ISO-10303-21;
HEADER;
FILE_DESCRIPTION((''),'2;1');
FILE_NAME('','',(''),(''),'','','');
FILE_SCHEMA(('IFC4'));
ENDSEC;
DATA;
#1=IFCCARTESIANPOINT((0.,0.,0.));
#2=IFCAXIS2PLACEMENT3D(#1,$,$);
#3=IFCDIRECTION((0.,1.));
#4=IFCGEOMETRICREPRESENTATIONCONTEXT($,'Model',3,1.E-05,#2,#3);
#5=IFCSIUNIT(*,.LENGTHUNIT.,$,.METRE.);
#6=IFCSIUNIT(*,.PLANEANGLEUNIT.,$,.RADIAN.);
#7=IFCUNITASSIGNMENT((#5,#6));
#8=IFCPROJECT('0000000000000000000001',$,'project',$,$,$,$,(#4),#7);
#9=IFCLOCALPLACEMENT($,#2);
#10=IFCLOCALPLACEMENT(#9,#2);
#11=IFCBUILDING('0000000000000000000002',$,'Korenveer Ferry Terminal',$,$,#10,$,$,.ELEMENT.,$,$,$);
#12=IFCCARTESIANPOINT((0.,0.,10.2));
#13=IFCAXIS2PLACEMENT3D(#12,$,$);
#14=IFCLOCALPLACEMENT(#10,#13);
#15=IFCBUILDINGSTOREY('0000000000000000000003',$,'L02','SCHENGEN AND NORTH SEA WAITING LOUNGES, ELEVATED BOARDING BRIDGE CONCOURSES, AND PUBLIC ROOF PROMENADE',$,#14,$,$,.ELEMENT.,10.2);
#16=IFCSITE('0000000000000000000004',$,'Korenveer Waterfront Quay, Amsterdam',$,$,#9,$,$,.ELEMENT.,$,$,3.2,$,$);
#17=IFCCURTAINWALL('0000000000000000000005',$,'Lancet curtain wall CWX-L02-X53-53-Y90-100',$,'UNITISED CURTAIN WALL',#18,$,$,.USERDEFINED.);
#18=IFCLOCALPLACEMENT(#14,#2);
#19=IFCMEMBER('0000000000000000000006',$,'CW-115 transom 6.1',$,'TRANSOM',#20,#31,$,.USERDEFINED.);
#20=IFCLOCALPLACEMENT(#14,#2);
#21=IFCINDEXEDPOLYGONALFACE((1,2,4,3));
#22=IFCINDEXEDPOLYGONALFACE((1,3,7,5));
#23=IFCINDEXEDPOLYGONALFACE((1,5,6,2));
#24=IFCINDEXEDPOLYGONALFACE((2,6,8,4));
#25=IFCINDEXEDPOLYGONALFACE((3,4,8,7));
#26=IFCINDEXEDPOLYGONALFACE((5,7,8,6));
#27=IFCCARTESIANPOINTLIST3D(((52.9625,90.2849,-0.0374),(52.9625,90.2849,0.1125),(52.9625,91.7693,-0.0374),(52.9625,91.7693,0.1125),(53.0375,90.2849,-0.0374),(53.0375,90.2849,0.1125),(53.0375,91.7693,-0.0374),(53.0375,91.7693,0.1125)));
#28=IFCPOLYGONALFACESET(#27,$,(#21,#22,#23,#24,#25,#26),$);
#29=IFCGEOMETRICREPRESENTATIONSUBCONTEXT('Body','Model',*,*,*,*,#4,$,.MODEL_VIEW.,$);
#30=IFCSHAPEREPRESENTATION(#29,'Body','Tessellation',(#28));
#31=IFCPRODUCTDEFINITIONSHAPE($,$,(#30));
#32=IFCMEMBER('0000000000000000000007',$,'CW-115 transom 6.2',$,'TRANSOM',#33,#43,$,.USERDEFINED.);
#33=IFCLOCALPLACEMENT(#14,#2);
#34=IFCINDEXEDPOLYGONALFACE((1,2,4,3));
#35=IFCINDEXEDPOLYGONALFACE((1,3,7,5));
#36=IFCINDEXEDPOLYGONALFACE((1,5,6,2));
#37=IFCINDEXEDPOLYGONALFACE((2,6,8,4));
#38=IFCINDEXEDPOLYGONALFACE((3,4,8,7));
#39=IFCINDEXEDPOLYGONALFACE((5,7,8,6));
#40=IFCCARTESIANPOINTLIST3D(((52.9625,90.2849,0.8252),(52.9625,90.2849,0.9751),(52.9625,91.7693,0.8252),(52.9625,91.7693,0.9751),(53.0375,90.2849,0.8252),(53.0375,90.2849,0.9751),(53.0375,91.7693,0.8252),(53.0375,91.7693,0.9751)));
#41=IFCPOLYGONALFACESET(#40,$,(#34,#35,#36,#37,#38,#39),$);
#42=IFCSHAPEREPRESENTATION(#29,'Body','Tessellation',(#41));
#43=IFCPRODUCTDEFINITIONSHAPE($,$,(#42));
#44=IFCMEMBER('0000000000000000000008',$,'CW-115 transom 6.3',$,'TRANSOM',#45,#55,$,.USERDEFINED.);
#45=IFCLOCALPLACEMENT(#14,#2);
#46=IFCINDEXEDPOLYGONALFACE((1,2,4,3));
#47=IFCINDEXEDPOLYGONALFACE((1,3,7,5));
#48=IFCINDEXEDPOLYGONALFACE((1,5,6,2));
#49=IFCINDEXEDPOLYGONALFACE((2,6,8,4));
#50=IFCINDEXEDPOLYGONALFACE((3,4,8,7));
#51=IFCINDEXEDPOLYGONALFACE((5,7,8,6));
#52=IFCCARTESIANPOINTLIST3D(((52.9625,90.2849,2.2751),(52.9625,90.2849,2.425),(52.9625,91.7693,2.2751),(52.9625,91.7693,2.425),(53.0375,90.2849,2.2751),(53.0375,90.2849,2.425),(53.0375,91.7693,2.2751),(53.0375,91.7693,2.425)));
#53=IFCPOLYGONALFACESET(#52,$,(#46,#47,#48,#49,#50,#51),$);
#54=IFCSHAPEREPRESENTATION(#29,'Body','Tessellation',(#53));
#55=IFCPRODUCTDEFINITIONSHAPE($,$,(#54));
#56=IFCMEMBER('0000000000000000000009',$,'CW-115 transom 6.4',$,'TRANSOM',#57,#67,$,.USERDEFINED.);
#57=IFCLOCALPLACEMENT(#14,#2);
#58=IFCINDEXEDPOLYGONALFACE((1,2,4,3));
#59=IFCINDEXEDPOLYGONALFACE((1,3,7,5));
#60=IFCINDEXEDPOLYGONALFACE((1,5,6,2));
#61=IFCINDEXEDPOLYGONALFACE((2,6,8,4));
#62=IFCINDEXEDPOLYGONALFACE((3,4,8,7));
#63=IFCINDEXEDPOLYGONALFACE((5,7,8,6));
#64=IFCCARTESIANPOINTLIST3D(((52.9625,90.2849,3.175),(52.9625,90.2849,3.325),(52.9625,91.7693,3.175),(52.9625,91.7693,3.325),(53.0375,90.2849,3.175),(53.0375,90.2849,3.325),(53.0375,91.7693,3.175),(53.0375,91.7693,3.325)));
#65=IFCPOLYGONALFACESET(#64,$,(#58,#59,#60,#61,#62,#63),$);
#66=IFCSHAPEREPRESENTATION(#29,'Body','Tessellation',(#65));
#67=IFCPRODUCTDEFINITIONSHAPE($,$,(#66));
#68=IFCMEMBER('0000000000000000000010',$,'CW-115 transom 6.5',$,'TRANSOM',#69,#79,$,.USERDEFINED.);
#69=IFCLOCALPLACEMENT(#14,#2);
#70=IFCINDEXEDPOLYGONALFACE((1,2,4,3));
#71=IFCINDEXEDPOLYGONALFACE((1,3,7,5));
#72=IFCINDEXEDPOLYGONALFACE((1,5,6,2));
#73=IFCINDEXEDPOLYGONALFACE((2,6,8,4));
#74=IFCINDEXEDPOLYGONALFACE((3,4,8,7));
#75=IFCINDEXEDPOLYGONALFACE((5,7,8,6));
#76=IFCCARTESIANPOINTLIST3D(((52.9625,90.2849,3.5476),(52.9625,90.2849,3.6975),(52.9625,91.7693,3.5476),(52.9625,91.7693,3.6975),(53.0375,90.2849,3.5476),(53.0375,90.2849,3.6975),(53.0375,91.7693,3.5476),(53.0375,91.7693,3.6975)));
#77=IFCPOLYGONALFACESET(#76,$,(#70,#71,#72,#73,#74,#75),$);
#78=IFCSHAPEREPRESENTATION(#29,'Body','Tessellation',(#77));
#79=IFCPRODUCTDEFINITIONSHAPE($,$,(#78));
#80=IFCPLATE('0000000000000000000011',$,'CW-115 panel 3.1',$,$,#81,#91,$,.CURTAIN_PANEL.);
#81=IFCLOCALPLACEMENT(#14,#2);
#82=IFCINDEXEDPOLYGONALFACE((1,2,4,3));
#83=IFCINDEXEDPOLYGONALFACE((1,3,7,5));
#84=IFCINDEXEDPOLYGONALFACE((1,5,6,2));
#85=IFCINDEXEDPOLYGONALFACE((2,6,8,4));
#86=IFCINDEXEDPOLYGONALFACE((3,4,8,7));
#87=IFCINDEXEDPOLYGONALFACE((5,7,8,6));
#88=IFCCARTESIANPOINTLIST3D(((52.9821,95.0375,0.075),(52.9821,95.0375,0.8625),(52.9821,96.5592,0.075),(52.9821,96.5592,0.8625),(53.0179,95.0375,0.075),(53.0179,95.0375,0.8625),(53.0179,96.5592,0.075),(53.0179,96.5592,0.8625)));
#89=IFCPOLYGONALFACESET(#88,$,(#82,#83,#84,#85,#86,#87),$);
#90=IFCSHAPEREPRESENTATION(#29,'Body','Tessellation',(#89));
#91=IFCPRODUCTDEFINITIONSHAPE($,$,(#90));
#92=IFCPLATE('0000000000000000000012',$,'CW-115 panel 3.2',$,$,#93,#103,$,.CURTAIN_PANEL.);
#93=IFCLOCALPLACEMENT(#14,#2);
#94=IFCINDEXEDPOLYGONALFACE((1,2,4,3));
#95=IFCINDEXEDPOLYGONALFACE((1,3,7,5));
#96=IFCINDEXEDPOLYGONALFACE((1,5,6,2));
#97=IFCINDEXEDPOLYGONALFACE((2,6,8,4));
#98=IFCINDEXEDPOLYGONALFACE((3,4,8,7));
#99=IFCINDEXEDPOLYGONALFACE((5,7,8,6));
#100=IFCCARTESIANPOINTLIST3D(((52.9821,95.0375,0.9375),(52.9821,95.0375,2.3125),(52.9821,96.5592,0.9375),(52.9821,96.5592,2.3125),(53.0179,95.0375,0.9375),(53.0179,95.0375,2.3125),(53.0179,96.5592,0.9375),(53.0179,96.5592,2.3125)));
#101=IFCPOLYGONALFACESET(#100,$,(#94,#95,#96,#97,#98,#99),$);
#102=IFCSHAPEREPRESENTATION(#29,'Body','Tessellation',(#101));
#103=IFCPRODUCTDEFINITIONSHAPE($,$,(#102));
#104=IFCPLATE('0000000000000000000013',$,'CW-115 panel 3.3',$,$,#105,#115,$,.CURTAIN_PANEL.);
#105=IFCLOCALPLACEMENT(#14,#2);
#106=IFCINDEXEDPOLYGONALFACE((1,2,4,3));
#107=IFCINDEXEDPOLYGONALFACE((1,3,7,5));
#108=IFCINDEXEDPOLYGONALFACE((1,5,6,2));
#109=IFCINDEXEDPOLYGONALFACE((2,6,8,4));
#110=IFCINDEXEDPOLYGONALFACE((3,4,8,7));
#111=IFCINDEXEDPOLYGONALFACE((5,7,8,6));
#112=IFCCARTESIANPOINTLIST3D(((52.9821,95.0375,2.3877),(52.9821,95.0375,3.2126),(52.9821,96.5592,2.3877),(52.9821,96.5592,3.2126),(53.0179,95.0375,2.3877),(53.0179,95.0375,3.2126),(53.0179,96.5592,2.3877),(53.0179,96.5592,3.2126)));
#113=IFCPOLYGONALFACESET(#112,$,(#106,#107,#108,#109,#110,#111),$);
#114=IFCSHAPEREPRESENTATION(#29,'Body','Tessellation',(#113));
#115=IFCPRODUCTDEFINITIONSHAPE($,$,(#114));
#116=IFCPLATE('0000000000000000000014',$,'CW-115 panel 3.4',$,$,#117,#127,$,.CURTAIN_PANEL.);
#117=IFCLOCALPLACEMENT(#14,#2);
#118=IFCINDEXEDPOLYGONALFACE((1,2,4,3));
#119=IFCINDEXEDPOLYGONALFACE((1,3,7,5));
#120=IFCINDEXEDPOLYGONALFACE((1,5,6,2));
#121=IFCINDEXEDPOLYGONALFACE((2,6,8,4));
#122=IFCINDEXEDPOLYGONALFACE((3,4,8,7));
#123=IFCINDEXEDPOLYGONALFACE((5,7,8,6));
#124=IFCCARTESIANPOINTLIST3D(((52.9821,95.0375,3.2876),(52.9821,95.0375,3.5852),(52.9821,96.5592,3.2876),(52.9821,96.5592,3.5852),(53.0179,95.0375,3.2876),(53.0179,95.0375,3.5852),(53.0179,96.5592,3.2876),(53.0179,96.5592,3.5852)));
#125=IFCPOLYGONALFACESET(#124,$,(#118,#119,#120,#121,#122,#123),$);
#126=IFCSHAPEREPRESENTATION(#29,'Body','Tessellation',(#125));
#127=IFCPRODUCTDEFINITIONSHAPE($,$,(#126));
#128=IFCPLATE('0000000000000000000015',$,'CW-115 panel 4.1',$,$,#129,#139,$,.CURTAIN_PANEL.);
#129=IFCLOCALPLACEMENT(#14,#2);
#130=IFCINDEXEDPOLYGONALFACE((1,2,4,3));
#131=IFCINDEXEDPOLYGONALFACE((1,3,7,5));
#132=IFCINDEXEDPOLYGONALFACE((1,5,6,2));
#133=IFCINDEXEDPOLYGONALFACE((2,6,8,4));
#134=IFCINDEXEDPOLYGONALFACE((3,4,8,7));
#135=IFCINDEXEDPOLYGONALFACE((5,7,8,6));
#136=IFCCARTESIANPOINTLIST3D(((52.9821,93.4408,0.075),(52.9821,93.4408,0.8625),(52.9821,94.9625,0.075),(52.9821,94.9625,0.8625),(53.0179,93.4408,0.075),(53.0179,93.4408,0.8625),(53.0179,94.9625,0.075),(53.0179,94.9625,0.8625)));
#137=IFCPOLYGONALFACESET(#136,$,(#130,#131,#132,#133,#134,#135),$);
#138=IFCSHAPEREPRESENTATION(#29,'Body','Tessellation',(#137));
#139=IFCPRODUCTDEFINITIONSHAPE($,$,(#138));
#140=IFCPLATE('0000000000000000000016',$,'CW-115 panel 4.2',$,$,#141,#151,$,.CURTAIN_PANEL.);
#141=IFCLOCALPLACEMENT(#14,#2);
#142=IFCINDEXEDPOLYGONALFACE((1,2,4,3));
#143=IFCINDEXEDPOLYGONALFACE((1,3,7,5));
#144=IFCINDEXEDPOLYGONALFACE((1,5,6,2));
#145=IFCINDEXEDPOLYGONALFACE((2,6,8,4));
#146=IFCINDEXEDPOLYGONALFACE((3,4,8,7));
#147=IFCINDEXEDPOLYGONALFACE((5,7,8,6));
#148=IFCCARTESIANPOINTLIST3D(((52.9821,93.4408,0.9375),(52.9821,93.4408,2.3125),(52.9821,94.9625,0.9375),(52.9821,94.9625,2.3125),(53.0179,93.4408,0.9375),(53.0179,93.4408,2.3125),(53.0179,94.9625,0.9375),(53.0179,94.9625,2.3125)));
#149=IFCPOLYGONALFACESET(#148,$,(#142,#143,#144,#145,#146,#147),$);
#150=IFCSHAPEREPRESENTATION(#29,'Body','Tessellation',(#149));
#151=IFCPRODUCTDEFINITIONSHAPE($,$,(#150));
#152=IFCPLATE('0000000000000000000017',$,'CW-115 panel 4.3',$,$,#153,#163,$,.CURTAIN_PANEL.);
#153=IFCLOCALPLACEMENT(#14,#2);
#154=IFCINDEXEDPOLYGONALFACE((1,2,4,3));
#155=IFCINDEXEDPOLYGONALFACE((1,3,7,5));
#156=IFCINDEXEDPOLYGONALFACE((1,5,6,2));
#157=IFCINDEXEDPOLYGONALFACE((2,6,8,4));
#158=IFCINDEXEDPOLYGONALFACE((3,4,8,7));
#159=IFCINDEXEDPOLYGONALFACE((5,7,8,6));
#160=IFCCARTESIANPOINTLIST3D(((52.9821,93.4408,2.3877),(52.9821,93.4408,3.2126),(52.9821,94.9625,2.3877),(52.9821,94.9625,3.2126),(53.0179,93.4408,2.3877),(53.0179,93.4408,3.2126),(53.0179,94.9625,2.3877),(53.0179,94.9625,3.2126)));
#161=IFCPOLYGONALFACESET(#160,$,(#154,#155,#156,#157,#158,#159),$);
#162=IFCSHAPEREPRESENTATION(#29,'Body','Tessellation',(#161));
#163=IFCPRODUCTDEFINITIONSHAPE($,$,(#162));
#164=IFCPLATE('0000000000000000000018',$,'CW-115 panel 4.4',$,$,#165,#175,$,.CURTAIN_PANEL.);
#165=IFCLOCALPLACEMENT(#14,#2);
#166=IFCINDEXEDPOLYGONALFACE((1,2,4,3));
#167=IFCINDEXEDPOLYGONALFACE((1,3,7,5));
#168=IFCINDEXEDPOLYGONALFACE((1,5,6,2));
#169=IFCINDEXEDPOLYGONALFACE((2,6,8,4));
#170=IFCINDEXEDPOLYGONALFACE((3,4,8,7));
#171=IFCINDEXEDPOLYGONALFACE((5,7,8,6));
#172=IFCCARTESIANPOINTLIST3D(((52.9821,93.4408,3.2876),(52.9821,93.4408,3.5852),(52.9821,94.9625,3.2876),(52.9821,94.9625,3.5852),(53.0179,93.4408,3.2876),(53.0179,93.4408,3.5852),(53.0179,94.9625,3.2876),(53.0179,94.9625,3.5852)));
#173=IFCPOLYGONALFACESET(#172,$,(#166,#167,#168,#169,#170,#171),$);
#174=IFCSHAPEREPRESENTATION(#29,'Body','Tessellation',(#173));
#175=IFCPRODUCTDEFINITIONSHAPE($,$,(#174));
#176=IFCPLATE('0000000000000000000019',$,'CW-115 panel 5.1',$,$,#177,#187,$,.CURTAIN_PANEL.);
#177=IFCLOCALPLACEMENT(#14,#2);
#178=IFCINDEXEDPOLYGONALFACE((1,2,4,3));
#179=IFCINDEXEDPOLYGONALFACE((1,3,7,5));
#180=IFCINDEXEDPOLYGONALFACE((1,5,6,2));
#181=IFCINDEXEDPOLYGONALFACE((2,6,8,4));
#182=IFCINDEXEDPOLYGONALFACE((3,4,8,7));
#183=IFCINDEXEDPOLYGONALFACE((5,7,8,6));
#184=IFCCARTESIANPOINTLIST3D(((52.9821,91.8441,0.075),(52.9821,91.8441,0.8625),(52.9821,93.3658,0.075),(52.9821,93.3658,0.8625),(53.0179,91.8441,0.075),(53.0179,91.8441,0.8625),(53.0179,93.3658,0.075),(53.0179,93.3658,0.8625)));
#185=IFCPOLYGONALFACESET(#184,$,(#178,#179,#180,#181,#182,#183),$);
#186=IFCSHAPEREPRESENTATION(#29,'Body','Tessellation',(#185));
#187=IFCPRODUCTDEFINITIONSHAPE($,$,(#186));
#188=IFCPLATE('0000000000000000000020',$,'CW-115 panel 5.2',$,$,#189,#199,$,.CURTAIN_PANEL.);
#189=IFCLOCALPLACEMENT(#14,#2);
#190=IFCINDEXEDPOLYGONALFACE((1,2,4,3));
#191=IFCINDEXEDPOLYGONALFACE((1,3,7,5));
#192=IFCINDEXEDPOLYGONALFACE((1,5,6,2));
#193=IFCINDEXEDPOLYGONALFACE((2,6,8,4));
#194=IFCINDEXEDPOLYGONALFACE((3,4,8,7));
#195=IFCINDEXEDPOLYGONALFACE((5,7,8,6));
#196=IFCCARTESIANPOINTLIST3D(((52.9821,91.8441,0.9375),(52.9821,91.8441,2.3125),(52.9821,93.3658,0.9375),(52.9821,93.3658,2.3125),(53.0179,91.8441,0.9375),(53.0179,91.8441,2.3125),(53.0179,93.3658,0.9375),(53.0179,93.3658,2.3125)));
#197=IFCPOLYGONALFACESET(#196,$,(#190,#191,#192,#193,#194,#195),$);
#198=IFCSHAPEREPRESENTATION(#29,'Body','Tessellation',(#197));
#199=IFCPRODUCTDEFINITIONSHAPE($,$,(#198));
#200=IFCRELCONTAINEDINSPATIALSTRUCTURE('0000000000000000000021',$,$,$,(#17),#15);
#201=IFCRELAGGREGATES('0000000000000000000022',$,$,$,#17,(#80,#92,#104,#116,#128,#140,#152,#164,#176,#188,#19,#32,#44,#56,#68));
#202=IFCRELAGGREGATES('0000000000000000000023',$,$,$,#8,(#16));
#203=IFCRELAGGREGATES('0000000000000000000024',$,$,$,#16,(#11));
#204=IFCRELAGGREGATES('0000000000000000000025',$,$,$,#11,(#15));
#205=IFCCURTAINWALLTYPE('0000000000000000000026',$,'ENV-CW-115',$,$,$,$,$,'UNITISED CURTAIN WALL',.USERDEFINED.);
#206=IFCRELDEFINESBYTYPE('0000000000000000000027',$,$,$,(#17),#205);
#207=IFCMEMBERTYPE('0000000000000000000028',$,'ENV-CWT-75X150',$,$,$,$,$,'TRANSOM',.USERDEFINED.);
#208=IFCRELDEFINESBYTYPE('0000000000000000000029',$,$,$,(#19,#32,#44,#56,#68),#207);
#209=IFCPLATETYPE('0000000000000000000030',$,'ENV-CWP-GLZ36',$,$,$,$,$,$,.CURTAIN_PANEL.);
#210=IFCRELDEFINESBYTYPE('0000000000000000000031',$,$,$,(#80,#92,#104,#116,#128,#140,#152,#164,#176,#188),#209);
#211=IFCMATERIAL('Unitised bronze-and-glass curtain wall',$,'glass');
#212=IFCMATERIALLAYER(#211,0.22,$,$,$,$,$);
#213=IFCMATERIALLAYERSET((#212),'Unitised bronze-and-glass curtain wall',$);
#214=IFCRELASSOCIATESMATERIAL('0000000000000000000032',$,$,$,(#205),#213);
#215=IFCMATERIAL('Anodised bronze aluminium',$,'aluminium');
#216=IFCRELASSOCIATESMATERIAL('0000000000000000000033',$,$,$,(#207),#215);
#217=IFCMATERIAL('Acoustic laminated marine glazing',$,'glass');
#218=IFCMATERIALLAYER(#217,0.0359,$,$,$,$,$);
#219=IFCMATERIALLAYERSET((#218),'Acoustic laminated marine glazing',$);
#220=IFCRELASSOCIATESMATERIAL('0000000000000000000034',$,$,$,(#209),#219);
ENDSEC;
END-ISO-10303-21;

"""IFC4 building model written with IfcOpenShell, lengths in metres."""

from ifc_helpers import new_model, si_unit, direction, frame, origin, origin_2d, place, context, subcontext, project, spatial, rectangle, extrude, material, layer, layer_set, material_profile, profile_set, type_object, element, aggregate, save


model = new_model("IFC4")

# Units and contexts
model_context = context("Model", 3, precision=1e-05, world=origin(), true_north=direction((0.0, 1.0)))
body_context = subcontext(model_context, "Body", "Model", "MODEL_VIEW")
ifc_project = project(units=[si_unit("LENGTHUNIT", "METRE"), si_unit("PLANEANGLEUNIT", "RADIAN")], contexts=[model_context])

# Site, building, storey
site_placement = place(None, origin())
site = spatial("IfcSite", under=ifc_project, at=site_placement, Name="Korenveer Waterfront Quay, Amsterdam", CompositionType="ELEMENT", RefElevation=3.2)
building_placement = place(site_placement, origin())
building = spatial("IfcBuilding", under=site, at=building_placement, Name="Korenveer Ferry Terminal", CompositionType="ELEMENT")
storey_placement = place(building_placement, frame((0.0, 0.0, 10.2)))
storey = spatial("IfcBuildingStorey", under=building, at=storey_placement, Name="L02", Description="SCHENGEN AND NORTH SEA WAITING LOUNGES, ELEVATED BOARDING BRIDGE CONCOURSES, AND PUBLIC ROOF PROMENADE", CompositionType="ELEMENT", Elevation=10.2)

# Curtain wall, members, plates
ifc_material_1 = material(Name="Unitised bronze-and-glass curtain wall", Category="glass")
ifc_layer_1 = layer(ifc_material_1, 0.22)
ifc_layer_set_1 = layer_set([ifc_layer_1], Name="Unitised bronze-and-glass curtain wall")
curtain_wall_type = type_object("IfcCurtainWallType", Name="ENV-CW-115", ElementType="UNITISED CURTAIN WALL", PredefinedType="USERDEFINED", material=ifc_layer_set_1)
curtain_wall_placement = place(storey_placement, frame((53.0, 99.79, 0.0)))
curtain_wall = element("IfcCurtainWall", 1, at=curtain_wall_placement, inside=storey, type_object=curtain_wall_type, Name="Lancet curtain wall CWX-L02-X53-53-Y90-100", ObjectType="UNITISED CURTAIN WALL", PredefinedType="USERDEFINED")
ifc_material_2 = material(Name="Anodised bronze aluminium", Category="aluminium")
ifc_material_profile_1 = material_profile(ifc_material_2, rectangle(XDim=0.075, YDim=0.1499, at=origin_2d()), Name="ALU 75x150")
ifc_profile_set_1 = profile_set([ifc_material_profile_1], Name="Anodised bronze aluminium")
member_type_1 = type_object("IfcMemberType", Name="ENV-CWT-75X150", ElementType="TRANSOM", PredefinedType="USERDEFINED", material=ifc_profile_set_1)
member_1_placement = place(storey_placement, frame((53.0, 91.7693, 0.0376), z_axis=(0.0, -1.0, 0.0), x_axis=(1.0, 0.0, 0.0)))
member_1 = element("IfcMember", 2, at=member_1_placement, type_object=member_type_1, Name="CW-115 transom 6.1", ObjectType="TRANSOM", PredefinedType="USERDEFINED", context=body_context, shape_type="SweptSolid", body=[
    extrude(rectangle(XDim=0.075, YDim=0.1499, at=origin_2d()), origin(), (0.0, 0.0, 1.0), 1.4844),
])
member_2_placement = place(storey_placement, frame((53.0, 91.7693, 0.9001), z_axis=(0.0, -1.0, 0.0), x_axis=(1.0, 0.0, 0.0)))
member_2 = element("IfcMember", 3, at=member_2_placement, type_object=member_type_1, Name="CW-115 transom 6.2", ObjectType="TRANSOM", PredefinedType="USERDEFINED", context=body_context, shape_type="SweptSolid", body=[
    extrude(rectangle(XDim=0.075, YDim=0.1499, at=origin_2d()), origin(), (0.0, 0.0, 1.0), 1.4844),
])
member_3_placement = place(storey_placement, frame((53.0, 91.7693, 2.3501), z_axis=(0.0, -1.0, 0.0), x_axis=(1.0, 0.0, 0.0)))
member_3 = element("IfcMember", 4, at=member_3_placement, type_object=member_type_1, Name="CW-115 transom 6.3", ObjectType="TRANSOM", PredefinedType="USERDEFINED", context=body_context, shape_type="SweptSolid", body=[
    extrude(rectangle(XDim=0.075, YDim=0.1499, at=origin_2d()), origin(), (0.0, 0.0, 1.0), 1.4844),
])
member_4_placement = place(storey_placement, frame((53.0, 91.7693, 3.25), z_axis=(0.0, -1.0, 0.0), x_axis=(1.0, 0.0, 0.0)))
member_4 = element("IfcMember", 5, at=member_4_placement, type_object=member_type_1, Name="CW-115 transom 6.4", ObjectType="TRANSOM", PredefinedType="USERDEFINED", context=body_context, shape_type="SweptSolid", body=[
    extrude(rectangle(XDim=0.075, YDim=0.1499, at=origin_2d()), origin(), (0.0, 0.0, 1.0), 1.4844),
])
member_5_placement = place(storey_placement, frame((53.0, 91.7693, 3.6226), z_axis=(0.0, -1.0, 0.0), x_axis=(1.0, 0.0, 0.0)))
member_5 = element("IfcMember", 6, at=member_5_placement, type_object=member_type_1, Name="CW-115 transom 6.5", ObjectType="TRANSOM", PredefinedType="USERDEFINED", context=body_context, shape_type="SweptSolid", body=[
    extrude(rectangle(XDim=0.075, YDim=0.1499, at=origin_2d()), origin(), (0.0, 0.0, 1.0), 1.4844),
])
ifc_material_3 = material(Name="Acoustic laminated marine glazing", Category="glass")
ifc_layer_2 = layer(ifc_material_3, 0.0359)
ifc_layer_set_2 = layer_set([ifc_layer_2], Name="Acoustic laminated marine glazing")
plate_type = type_object("IfcPlateType", Name="ENV-CWP-GLZ36", PredefinedType="CURTAIN_PANEL", material=ifc_layer_set_2)
plate_1_placement = place(storey_placement, frame((53.0, 95.7983, 0.075), z_axis=(0.0, 0.0, 1.0), x_axis=(0.0, -1.0, 0.0)))
plate_1 = element("IfcPlate", 7, at=plate_1_placement, type_object=plate_type, Name="CW-115 panel 3.1", PredefinedType="CURTAIN_PANEL", context=body_context, shape_type="SweptSolid", body=[
    extrude(rectangle(XDim=1.5217, YDim=0.0359, at=origin_2d()), origin(), (0.0, 0.0, 1.0), 0.7876),
])
plate_2_placement = place(storey_placement, frame((53.0, 95.7983, 0.9375), z_axis=(0.0, 0.0, 1.0), x_axis=(0.0, -1.0, 0.0)))
plate_2 = element("IfcPlate", 8, at=plate_2_placement, type_object=plate_type, Name="CW-115 panel 3.2", PredefinedType="CURTAIN_PANEL", context=body_context, shape_type="SweptSolid", body=[
    extrude(rectangle(XDim=1.5217, YDim=0.0359, at=origin_2d()), origin(), (0.0, 0.0, 1.0), 1.375),
])
plate_3_placement = place(storey_placement, frame((53.0, 95.7983, 2.3877), z_axis=(0.0, 0.0, 1.0), x_axis=(0.0, -1.0, 0.0)))
plate_3 = element("IfcPlate", 9, at=plate_3_placement, type_object=plate_type, Name="CW-115 panel 3.3", PredefinedType="CURTAIN_PANEL", context=body_context, shape_type="SweptSolid", body=[
    extrude(rectangle(XDim=1.5217, YDim=0.0359, at=origin_2d()), origin(), (0.0, 0.0, 1.0), 0.825),
])
plate_4_placement = place(storey_placement, frame((53.0, 95.7983, 3.2876), z_axis=(0.0, 0.0, 1.0), x_axis=(0.0, -1.0, 0.0)))
plate_4 = element("IfcPlate", 10, at=plate_4_placement, type_object=plate_type, Name="CW-115 panel 3.4", PredefinedType="CURTAIN_PANEL", context=body_context, shape_type="SweptSolid", body=[
    extrude(rectangle(XDim=1.5217, YDim=0.0359, at=origin_2d()), origin(), (0.0, 0.0, 1.0), 0.2976),
])
plate_5_placement = place(storey_placement, frame((53.0, 94.2017, 0.075), z_axis=(0.0, 0.0, 1.0), x_axis=(0.0, -1.0, 0.0)))
plate_5 = element("IfcPlate", 11, at=plate_5_placement, type_object=plate_type, Name="CW-115 panel 4.1", PredefinedType="CURTAIN_PANEL", context=body_context, shape_type="SweptSolid", body=[
    extrude(rectangle(XDim=1.5217, YDim=0.0359, at=origin_2d()), origin(), (0.0, 0.0, 1.0), 0.7876),
])
plate_6_placement = place(storey_placement, frame((53.0, 94.2017, 0.9375), z_axis=(0.0, 0.0, 1.0), x_axis=(0.0, -1.0, 0.0)))
plate_6 = element("IfcPlate", 12, at=plate_6_placement, type_object=plate_type, Name="CW-115 panel 4.2", PredefinedType="CURTAIN_PANEL", context=body_context, shape_type="SweptSolid", body=[
    extrude(rectangle(XDim=1.5217, YDim=0.0359, at=origin_2d()), origin(), (0.0, 0.0, 1.0), 1.375),
])
plate_7_placement = place(storey_placement, frame((53.0, 94.2017, 2.3877), z_axis=(0.0, 0.0, 1.0), x_axis=(0.0, -1.0, 0.0)))
plate_7 = element("IfcPlate", 13, at=plate_7_placement, type_object=plate_type, Name="CW-115 panel 4.3", PredefinedType="CURTAIN_PANEL", context=body_context, shape_type="SweptSolid", body=[
    extrude(rectangle(XDim=1.5217, YDim=0.0359, at=origin_2d()), origin(), (0.0, 0.0, 1.0), 0.825),
])
plate_8_placement = place(storey_placement, frame((53.0, 94.2017, 3.2876), z_axis=(0.0, 0.0, 1.0), x_axis=(0.0, -1.0, 0.0)))
plate_8 = element("IfcPlate", 14, at=plate_8_placement, type_object=plate_type, Name="CW-115 panel 4.4", PredefinedType="CURTAIN_PANEL", context=body_context, shape_type="SweptSolid", body=[
    extrude(rectangle(XDim=1.5217, YDim=0.0359, at=origin_2d()), origin(), (0.0, 0.0, 1.0), 0.2976),
])
plate_9_placement = place(storey_placement, frame((53.0, 92.605, 0.075), z_axis=(0.0, 0.0, 1.0), x_axis=(0.0, -1.0, 0.0)))
plate_9 = element("IfcPlate", 15, at=plate_9_placement, type_object=plate_type, Name="CW-115 panel 5.1", PredefinedType="CURTAIN_PANEL", context=body_context, shape_type="SweptSolid", body=[
    extrude(rectangle(XDim=1.5217, YDim=0.0359, at=origin_2d()), origin(), (0.0, 0.0, 1.0), 0.7876),
])
plate_10_placement = place(storey_placement, frame((53.0, 92.605, 0.9375), z_axis=(0.0, 0.0, 1.0), x_axis=(0.0, -1.0, 0.0)))
plate_10 = element("IfcPlate", 16, at=plate_10_placement, type_object=plate_type, Name="CW-115 panel 5.2", PredefinedType="CURTAIN_PANEL", context=body_context, shape_type="SweptSolid", body=[
    extrude(rectangle(XDim=1.5217, YDim=0.0359, at=origin_2d()), origin(), (0.0, 0.0, 1.0), 1.375),
])
aggregate(curtain_wall, [plate_1, plate_2, plate_3, plate_4, plate_5, plate_6, plate_7, plate_8, plate_9, plate_10, member_1, member_2, member_3, member_4, member_5])

save(model, "model.ifc")
